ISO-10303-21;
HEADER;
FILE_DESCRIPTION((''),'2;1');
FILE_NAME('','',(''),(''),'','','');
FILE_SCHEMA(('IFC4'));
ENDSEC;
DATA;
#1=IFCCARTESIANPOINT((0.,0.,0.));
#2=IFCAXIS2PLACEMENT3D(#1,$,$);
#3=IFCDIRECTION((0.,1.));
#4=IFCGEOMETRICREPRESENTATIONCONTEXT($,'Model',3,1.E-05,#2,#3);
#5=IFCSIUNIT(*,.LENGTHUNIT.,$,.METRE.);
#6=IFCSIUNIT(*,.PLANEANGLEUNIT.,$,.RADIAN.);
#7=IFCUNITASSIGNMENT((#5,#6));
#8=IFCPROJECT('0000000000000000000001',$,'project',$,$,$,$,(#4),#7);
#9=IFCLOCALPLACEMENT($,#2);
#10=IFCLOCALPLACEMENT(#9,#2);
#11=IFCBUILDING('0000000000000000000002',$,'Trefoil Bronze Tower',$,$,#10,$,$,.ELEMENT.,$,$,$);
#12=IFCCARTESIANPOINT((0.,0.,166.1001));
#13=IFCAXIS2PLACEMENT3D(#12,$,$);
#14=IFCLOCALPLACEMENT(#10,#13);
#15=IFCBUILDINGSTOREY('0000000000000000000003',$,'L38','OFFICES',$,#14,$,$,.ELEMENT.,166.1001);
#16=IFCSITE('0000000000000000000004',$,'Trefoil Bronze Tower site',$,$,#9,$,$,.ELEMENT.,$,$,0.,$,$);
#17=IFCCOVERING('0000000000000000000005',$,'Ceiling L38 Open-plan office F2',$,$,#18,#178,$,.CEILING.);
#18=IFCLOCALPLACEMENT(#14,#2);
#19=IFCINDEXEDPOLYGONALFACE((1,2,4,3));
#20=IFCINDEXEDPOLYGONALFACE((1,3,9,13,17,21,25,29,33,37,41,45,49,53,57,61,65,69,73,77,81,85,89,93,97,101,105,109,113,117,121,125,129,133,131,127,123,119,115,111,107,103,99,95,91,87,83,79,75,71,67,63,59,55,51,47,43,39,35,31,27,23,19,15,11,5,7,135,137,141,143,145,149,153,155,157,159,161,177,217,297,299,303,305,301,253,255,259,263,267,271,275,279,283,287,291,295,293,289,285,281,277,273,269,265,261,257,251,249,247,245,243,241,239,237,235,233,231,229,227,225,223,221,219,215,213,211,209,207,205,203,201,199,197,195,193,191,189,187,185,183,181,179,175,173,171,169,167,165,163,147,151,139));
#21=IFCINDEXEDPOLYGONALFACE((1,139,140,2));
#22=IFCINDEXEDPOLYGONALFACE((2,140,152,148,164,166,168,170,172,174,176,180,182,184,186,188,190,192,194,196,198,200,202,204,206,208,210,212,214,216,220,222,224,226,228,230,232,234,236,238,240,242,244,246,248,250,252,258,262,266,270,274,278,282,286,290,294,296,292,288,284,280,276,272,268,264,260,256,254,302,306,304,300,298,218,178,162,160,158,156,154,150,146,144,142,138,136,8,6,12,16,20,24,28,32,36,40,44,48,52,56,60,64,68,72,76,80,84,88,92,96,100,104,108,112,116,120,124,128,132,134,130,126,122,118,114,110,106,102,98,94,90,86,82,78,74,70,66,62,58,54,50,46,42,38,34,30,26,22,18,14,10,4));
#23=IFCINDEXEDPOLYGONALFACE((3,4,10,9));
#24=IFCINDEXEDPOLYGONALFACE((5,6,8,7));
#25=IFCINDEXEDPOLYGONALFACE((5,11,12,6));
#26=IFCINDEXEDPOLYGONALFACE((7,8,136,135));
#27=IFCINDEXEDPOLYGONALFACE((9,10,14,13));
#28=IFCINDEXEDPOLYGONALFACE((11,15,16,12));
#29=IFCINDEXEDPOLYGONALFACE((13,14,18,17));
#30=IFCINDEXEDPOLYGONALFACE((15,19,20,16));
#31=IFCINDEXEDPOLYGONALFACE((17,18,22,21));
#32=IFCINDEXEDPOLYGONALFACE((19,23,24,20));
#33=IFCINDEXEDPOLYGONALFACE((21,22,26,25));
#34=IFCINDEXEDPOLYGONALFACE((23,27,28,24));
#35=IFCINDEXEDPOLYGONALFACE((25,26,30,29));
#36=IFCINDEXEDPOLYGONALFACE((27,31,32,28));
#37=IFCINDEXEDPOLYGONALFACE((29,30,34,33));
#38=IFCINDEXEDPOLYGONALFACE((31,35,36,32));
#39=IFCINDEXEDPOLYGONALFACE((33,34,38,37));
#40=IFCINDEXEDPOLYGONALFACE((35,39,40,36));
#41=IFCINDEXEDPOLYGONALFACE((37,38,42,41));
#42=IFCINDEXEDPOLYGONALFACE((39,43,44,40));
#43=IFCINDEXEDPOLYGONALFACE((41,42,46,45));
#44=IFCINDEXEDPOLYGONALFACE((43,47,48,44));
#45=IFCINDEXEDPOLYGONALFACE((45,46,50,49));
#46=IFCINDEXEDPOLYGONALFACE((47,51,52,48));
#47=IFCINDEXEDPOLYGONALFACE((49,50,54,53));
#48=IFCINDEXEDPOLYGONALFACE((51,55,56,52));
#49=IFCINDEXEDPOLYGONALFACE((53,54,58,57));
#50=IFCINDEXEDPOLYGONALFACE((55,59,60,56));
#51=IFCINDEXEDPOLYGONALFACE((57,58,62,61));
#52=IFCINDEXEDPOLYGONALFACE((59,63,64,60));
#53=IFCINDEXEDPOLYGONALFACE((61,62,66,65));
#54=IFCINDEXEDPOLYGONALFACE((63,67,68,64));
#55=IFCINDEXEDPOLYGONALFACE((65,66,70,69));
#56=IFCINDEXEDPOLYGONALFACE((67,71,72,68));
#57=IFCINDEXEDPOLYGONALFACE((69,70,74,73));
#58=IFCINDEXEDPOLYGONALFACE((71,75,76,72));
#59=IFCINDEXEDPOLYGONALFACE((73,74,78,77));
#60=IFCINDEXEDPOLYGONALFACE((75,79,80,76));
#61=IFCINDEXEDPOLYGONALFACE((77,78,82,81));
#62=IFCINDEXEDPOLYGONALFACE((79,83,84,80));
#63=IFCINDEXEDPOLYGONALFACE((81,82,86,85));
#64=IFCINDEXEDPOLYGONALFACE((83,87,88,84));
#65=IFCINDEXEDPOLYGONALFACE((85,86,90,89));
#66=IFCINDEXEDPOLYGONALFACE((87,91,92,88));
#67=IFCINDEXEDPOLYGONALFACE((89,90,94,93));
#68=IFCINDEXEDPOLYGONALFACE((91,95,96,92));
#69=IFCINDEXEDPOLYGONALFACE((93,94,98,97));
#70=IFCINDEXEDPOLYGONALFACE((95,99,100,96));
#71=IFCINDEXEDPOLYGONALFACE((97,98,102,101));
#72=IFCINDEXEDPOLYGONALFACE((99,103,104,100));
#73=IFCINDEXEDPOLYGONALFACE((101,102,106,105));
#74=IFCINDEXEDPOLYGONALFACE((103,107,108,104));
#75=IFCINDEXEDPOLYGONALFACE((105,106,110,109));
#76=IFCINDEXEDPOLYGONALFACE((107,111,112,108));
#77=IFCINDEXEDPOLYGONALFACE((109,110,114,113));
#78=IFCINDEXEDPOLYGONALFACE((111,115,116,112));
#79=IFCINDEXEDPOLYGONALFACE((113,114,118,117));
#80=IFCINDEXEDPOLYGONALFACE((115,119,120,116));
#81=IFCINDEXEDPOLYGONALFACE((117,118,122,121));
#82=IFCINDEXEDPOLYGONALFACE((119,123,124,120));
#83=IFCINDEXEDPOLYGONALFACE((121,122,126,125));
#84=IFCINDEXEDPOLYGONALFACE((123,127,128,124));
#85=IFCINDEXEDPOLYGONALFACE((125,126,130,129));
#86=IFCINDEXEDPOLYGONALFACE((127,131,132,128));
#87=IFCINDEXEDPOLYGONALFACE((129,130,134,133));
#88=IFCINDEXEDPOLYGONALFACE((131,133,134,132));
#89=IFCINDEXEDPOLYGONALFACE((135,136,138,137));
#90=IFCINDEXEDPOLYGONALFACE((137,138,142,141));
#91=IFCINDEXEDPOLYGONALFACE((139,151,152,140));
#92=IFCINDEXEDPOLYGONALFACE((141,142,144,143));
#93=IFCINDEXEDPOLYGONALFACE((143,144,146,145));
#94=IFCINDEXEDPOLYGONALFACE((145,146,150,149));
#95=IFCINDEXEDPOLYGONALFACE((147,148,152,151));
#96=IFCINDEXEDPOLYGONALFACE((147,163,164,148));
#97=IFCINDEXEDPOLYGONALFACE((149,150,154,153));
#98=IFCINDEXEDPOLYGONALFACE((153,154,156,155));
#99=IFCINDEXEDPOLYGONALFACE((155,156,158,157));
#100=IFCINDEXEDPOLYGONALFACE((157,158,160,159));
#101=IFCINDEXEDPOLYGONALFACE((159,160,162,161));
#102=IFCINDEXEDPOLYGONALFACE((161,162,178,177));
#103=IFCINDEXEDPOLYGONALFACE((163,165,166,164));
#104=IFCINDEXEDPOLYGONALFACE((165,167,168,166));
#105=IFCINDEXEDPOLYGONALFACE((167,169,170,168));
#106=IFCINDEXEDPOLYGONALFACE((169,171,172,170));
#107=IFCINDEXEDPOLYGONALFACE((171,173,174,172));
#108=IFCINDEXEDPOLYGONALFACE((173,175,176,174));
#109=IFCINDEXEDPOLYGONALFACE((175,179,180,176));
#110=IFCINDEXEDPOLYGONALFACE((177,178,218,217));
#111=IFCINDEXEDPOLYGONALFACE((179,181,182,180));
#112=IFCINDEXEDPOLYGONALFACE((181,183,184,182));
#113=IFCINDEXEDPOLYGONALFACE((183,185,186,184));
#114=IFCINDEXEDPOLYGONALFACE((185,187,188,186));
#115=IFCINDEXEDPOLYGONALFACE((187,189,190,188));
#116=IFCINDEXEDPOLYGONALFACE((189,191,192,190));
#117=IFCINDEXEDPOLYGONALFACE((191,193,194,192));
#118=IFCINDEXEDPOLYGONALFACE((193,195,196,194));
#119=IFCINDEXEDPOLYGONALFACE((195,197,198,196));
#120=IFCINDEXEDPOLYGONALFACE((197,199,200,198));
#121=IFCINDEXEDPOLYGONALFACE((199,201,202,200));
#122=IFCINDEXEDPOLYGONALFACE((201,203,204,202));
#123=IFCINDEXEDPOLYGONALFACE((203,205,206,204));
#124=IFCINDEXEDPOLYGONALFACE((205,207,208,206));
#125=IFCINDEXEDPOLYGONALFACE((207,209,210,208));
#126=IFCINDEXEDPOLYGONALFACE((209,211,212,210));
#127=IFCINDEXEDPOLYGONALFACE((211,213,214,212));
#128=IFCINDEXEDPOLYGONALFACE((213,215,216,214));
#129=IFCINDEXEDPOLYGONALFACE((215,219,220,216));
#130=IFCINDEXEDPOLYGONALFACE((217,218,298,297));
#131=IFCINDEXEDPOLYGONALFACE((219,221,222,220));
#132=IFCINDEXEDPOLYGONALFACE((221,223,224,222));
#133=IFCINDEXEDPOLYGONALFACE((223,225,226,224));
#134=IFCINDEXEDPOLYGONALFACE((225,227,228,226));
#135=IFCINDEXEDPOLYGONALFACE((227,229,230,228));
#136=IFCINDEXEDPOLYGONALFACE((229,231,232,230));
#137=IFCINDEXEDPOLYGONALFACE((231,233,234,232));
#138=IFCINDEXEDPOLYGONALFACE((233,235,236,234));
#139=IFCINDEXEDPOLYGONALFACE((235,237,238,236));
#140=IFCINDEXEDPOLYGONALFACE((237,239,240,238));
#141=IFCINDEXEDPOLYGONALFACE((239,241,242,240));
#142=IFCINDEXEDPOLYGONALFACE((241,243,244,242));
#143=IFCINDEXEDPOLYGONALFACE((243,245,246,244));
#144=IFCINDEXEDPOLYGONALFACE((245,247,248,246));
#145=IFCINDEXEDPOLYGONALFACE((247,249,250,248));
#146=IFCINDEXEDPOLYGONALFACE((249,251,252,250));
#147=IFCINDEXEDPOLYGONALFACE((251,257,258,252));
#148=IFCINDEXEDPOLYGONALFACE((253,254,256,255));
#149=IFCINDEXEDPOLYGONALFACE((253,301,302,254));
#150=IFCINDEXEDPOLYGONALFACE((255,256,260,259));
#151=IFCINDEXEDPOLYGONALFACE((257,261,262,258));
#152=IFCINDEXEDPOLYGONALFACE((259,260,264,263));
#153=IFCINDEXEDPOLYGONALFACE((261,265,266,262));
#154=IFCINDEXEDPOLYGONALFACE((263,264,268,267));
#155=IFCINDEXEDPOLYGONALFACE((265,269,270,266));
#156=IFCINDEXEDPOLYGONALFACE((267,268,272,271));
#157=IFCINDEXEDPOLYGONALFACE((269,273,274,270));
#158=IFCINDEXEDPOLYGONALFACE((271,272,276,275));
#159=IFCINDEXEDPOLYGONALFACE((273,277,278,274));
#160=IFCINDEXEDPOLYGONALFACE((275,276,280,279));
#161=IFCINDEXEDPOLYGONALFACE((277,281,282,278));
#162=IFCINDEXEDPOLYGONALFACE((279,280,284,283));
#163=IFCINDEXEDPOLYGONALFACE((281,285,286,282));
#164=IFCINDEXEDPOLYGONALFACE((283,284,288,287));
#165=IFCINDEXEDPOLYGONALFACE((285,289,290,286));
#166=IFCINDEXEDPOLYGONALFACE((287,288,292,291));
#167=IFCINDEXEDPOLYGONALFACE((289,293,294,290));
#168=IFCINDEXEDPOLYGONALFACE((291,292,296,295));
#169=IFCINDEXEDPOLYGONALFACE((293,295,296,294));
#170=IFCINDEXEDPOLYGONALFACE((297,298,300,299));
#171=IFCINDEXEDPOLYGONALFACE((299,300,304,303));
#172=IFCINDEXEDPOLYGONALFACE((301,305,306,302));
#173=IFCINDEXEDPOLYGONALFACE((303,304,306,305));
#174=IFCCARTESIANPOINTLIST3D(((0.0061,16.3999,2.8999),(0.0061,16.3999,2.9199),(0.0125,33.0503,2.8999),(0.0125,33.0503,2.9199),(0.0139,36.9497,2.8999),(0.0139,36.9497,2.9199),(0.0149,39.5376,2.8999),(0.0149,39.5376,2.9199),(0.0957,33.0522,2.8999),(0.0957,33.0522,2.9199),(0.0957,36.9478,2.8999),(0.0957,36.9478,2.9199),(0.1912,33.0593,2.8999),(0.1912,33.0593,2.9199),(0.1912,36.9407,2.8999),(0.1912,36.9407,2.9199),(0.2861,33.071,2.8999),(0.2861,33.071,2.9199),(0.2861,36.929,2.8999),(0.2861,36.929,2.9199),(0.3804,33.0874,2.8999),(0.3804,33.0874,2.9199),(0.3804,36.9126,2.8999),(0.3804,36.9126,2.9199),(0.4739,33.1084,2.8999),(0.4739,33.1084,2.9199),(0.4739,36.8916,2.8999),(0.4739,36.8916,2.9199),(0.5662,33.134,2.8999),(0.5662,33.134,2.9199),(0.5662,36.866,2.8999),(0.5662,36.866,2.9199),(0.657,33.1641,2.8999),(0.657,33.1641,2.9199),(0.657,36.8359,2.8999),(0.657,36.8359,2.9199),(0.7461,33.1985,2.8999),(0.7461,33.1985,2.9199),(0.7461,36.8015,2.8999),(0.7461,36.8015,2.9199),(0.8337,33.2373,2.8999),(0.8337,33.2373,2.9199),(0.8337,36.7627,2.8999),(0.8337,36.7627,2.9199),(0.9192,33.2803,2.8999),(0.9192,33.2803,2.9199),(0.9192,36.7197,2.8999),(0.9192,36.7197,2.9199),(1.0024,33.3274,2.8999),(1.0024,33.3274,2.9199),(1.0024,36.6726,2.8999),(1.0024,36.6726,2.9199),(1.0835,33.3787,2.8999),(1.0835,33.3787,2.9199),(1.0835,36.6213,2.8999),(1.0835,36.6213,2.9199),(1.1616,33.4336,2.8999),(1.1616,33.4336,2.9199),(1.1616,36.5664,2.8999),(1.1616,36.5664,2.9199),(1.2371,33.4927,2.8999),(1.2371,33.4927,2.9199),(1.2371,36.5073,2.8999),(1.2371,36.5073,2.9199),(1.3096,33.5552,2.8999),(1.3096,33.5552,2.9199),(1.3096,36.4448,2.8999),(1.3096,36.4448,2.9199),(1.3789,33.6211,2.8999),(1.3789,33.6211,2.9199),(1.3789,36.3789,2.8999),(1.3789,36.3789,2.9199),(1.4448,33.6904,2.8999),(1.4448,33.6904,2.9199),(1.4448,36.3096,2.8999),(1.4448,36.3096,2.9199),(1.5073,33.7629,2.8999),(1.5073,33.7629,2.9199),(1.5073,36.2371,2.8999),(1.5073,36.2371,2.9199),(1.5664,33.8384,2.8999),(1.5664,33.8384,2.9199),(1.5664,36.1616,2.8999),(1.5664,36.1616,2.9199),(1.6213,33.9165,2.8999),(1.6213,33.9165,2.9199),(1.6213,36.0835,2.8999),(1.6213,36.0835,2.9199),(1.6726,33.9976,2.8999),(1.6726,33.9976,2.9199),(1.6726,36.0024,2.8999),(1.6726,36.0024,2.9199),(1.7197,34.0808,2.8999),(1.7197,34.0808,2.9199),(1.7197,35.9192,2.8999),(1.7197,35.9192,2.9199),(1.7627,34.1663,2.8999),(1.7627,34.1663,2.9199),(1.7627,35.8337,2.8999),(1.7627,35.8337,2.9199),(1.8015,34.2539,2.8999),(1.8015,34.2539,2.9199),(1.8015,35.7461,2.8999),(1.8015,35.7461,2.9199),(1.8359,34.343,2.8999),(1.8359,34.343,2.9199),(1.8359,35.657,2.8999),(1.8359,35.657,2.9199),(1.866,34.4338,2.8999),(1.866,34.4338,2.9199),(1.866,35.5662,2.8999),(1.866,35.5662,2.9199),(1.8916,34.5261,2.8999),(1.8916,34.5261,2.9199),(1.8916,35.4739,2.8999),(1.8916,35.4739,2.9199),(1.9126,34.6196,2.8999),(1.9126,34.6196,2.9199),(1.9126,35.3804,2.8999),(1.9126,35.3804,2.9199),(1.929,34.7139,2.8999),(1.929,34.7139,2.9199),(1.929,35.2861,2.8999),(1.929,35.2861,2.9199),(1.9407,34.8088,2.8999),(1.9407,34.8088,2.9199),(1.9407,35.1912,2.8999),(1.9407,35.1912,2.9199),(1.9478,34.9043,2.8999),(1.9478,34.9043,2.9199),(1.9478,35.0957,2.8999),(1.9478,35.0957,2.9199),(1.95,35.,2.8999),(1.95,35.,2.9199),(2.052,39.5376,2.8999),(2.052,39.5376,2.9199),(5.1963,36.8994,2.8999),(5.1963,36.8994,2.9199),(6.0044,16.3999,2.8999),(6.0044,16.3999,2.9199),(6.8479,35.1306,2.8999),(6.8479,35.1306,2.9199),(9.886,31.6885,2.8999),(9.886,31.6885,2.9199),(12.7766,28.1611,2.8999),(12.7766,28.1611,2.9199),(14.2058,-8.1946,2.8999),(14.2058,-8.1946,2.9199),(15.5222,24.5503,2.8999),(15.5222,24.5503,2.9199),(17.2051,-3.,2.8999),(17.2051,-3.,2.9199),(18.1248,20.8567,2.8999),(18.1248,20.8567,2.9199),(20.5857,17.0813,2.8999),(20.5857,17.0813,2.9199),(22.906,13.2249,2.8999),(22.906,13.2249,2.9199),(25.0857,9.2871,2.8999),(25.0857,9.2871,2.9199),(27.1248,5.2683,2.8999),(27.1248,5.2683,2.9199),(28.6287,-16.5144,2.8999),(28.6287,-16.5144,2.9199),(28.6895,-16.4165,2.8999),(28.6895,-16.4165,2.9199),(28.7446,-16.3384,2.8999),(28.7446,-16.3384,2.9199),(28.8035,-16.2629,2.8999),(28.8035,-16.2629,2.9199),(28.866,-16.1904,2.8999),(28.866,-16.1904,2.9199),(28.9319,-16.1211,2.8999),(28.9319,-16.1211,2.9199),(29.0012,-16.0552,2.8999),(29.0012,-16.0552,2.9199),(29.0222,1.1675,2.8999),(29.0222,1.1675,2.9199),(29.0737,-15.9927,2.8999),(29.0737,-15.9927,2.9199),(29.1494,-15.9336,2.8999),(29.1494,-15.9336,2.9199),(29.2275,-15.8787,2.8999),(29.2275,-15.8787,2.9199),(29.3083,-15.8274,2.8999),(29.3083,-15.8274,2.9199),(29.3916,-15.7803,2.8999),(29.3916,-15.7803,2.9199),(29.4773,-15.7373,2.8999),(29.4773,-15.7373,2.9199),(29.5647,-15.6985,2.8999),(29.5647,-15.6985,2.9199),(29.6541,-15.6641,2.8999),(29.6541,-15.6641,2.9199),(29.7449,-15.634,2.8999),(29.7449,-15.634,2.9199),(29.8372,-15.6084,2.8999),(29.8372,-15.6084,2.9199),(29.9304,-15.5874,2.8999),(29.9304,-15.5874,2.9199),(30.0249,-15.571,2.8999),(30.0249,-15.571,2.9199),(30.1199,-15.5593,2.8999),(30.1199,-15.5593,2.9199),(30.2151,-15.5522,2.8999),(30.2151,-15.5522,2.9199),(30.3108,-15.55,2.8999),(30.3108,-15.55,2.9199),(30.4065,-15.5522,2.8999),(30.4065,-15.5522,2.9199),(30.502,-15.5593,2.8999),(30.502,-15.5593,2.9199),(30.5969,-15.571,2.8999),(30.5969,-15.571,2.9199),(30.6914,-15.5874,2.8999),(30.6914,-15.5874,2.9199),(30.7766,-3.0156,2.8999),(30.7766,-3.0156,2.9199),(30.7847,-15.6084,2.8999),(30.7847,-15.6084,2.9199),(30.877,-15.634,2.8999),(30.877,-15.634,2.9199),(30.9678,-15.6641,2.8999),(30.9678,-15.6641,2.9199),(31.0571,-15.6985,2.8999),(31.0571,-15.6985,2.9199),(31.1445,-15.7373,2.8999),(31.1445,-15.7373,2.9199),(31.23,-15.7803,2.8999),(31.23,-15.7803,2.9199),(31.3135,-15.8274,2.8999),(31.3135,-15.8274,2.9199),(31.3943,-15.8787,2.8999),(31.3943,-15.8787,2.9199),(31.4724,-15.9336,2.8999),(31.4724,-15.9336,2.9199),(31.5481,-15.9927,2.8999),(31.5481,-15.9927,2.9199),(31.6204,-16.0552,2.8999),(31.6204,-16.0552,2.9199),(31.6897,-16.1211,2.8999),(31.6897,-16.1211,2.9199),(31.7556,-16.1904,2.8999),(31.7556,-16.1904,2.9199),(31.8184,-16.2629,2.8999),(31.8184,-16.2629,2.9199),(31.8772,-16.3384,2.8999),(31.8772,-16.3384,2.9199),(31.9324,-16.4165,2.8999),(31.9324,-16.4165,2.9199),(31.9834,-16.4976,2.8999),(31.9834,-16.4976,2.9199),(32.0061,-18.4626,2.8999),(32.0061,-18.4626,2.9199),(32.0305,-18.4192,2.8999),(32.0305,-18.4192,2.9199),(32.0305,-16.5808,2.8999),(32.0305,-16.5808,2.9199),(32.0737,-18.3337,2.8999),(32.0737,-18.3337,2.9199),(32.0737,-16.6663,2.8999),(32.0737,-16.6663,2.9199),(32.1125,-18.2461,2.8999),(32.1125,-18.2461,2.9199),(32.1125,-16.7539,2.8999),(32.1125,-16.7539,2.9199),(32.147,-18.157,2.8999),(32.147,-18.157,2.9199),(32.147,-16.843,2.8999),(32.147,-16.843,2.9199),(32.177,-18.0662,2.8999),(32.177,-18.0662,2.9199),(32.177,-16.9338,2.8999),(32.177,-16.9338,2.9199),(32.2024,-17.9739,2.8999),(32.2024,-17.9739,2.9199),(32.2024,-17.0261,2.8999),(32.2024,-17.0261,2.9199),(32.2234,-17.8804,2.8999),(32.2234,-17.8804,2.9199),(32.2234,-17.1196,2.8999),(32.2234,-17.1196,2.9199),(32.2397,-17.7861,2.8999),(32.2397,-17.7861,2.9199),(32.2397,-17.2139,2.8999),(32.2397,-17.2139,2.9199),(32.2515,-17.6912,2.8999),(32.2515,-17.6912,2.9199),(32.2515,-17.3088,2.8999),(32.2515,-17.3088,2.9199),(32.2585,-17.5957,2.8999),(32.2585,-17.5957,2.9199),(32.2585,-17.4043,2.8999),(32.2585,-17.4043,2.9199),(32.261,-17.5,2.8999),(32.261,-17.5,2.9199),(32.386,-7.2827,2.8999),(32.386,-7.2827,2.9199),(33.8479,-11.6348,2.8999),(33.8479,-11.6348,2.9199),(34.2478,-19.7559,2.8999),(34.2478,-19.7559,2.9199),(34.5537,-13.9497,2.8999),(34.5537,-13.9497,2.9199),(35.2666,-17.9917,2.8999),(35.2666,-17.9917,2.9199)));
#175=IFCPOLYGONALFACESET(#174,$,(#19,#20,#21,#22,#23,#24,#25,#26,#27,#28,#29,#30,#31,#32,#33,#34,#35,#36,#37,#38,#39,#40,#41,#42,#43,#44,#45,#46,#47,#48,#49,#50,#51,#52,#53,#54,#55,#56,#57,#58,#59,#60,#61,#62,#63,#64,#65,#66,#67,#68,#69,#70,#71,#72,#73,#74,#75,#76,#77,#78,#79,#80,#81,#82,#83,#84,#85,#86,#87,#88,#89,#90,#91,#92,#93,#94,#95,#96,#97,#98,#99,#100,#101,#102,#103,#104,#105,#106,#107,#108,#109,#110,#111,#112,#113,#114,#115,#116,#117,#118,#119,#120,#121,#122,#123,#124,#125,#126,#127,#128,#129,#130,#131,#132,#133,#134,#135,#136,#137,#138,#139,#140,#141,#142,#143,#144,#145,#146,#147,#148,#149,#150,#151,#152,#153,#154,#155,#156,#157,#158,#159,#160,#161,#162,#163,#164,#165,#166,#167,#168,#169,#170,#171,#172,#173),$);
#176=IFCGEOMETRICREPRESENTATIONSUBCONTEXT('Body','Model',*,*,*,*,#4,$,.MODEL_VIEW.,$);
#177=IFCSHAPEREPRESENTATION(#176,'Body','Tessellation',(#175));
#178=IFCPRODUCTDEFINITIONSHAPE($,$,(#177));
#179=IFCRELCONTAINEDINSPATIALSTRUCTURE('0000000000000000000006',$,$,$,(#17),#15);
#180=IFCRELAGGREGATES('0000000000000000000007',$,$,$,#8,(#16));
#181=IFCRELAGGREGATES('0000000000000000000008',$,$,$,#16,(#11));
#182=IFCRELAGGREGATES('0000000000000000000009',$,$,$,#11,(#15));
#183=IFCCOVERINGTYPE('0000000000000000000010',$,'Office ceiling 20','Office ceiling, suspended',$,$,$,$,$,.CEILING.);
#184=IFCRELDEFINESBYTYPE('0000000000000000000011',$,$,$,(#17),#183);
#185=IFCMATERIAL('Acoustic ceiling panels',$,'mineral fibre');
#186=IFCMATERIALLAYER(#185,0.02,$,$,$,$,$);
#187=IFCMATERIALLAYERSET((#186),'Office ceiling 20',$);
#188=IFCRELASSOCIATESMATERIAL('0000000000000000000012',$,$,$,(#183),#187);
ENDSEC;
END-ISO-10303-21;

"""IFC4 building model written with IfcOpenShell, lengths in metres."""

from ifc_helpers import new_model, si_unit, direction, frame, origin, place, context, subcontext, project, spatial, polyline, outline, extrude, material, layer, layer_set, type_object, element, save


model = new_model("IFC4")

# Units and contexts
model_context = context("Model", 3, precision=1e-05, world=origin(), true_north=direction((0.0, 1.0)))
body_context = subcontext(model_context, "Body", "Model", "MODEL_VIEW")
ifc_project = project(units=[si_unit("LENGTHUNIT", "METRE"), si_unit("PLANEANGLEUNIT", "RADIAN")], contexts=[model_context])

# Site, building, storey
site_placement = place(None, origin())
site = spatial("IfcSite", under=ifc_project, at=site_placement, Name="Trefoil Bronze Tower site", CompositionType="ELEMENT", RefElevation=0.0)
building_placement = place(site_placement, origin())
building = spatial("IfcBuilding", under=site, at=building_placement, Name="Trefoil Bronze Tower", CompositionType="ELEMENT")
storey_placement = place(building_placement, frame((0.0, 0.0, 166.1001)))
storey = spatial("IfcBuildingStorey", under=building, at=storey_placement, Name="L38", Description="OFFICES", CompositionType="ELEMENT", Elevation=166.1001)

# Covering
ifc_material_1 = material(Name="Acoustic ceiling panels", Category="mineral fibre")
ifc_layer_1 = layer(ifc_material_1, 0.02)
ifc_layer_set_1 = layer_set([ifc_layer_1], Name="Office ceiling 20")
covering_type_1 = type_object("IfcCoveringType", Name="Office ceiling 20", Description="Office ceiling, suspended", PredefinedType="CEILING", material=ifc_layer_set_1)
covering_1_placement = place(storey_placement, frame((0.0, 0.0, 2.8999)))
element("IfcCovering", 1, at=covering_1_placement, inside=storey, type_object=covering_type_1, Name="Ceiling L38 Open-plan office F2", PredefinedType="CEILING", context=body_context, shape_type="SweptSolid", body=[
    extrude(outline(polyline([(6.8479, 35.1306), (9.886, 31.6885), (12.7766, 28.1611), (15.5222, 24.5503), (18.1248, 20.8567), (20.5857, 17.0813), (22.906, 13.2249), (25.0857, 9.2871), (27.1248, 5.2683), (29.0222, 1.1675), (30.7766, -3.0156), (32.386, -7.2827), (33.8479, -11.6348), (34.5537, -13.9497), (35.2666, -17.9917), (34.2478, -19.7559), (32.0061, -18.4626), (32.0305, -18.4192), (32.0737, -18.3337), (32.1125, -18.2461), (32.147, -18.157), (32.177, -18.0662), (32.2024, -17.9739), (32.2234, -17.8804), (32.2397, -17.7861), (32.2515, -17.6912), (32.2585, -17.5957), (32.261, -17.5), (32.2585, -17.4043), (32.2515, -17.3088), (32.2397, -17.2139), (32.2234, -17.1196), (32.2024, -17.0261), (32.177, -16.9338), (32.147, -16.843), (32.1125, -16.7539), (32.0737, -16.6663), (32.0305, -16.5808), (31.9834, -16.4976), (31.9324, -16.4165), (31.8772, -16.3384), (31.8184, -16.2629), (31.7556, -16.1904), (31.6897, -16.1211), (31.6204, -16.0552), (31.5481, -15.9927), (31.4724, -15.9336), (31.3943, -15.8787), (31.3135, -15.8274), (31.23, -15.7803), (31.1445, -15.7373), (31.0571, -15.6985), (30.9678, -15.6641), (30.877, -15.634), (30.7847, -15.6084), (30.6914, -15.5874), (30.5969, -15.571), (30.502, -15.5593), (30.4065, -15.5522), (30.3108, -15.55), (30.2151, -15.5522), (30.1199, -15.5593), (30.0249, -15.571), (29.9304, -15.5874), (29.8372, -15.6084), (29.7449, -15.634), (29.6541, -15.6641), (29.5647, -15.6985), (29.4773, -15.7373), (29.3916, -15.7803), (29.3083, -15.8274), (29.2275, -15.8787), (29.1494, -15.9336), (29.0737, -15.9927), (29.0012, -16.0552), (28.9319, -16.1211), (28.866, -16.1904), (28.8035, -16.2629), (28.7446, -16.3384), (28.6895, -16.4165), (28.6287, -16.5144), (14.2058, -8.1946), (17.2051, -3.0), (6.0044, 16.3999), (0.0061, 16.3999), (0.0125, 33.0503), (0.0957, 33.0522), (0.1912, 33.0593), (0.2861, 33.071), (0.3804, 33.0874), (0.4739, 33.1084), (0.5662, 33.134), (0.657, 33.1641), (0.7461, 33.1985), (0.8337, 33.2373), (0.9192, 33.2803), (1.0024, 33.3274), (1.0835, 33.3787), (1.1616, 33.4336), (1.2371, 33.4927), (1.3096, 33.5552), (1.3789, 33.6211), (1.4448, 33.6904), (1.5073, 33.7629), (1.5664, 33.8384), (1.6213, 33.9165), (1.6726, 33.9976), (1.7197, 34.0808), (1.7627, 34.1663), (1.8015, 34.2539), (1.8359, 34.343), (1.866, 34.4338), (1.8916, 34.5261), (1.9126, 34.6196), (1.929, 34.7139), (1.9407, 34.8088), (1.9478, 34.9043), (1.95, 35.0), (1.9478, 35.0957), (1.9407, 35.1912), (1.929, 35.2861), (1.9126, 35.3804), (1.8916, 35.4739), (1.866, 35.5662), (1.8359, 35.657), (1.8015, 35.7461), (1.7627, 35.8337), (1.7197, 35.9192), (1.6726, 36.0024), (1.6213, 36.0835), (1.5664, 36.1616), (1.5073, 36.2371), (1.4448, 36.3096), (1.3789, 36.3789), (1.3096, 36.4448), (1.2371, 36.5073), (1.1616, 36.5664), (1.0835, 36.6213), (1.0024, 36.6726), (0.9192, 36.7197), (0.8337, 36.7627), (0.7461, 36.8015), (0.657, 36.8359), (0.5662, 36.866), (0.4739, 36.8916), (0.3804, 36.9126), (0.2861, 36.929), (0.1912, 36.9407), (0.0957, 36.9478), (0.0139, 36.9497), (0.0149, 39.5376), (2.052, 39.5376), (5.1963, 36.8994), (6.8479, 35.1306)])), origin(), (0.0, 0.0, 1.0), 0.02),
])

save(model, "model.ifc")
